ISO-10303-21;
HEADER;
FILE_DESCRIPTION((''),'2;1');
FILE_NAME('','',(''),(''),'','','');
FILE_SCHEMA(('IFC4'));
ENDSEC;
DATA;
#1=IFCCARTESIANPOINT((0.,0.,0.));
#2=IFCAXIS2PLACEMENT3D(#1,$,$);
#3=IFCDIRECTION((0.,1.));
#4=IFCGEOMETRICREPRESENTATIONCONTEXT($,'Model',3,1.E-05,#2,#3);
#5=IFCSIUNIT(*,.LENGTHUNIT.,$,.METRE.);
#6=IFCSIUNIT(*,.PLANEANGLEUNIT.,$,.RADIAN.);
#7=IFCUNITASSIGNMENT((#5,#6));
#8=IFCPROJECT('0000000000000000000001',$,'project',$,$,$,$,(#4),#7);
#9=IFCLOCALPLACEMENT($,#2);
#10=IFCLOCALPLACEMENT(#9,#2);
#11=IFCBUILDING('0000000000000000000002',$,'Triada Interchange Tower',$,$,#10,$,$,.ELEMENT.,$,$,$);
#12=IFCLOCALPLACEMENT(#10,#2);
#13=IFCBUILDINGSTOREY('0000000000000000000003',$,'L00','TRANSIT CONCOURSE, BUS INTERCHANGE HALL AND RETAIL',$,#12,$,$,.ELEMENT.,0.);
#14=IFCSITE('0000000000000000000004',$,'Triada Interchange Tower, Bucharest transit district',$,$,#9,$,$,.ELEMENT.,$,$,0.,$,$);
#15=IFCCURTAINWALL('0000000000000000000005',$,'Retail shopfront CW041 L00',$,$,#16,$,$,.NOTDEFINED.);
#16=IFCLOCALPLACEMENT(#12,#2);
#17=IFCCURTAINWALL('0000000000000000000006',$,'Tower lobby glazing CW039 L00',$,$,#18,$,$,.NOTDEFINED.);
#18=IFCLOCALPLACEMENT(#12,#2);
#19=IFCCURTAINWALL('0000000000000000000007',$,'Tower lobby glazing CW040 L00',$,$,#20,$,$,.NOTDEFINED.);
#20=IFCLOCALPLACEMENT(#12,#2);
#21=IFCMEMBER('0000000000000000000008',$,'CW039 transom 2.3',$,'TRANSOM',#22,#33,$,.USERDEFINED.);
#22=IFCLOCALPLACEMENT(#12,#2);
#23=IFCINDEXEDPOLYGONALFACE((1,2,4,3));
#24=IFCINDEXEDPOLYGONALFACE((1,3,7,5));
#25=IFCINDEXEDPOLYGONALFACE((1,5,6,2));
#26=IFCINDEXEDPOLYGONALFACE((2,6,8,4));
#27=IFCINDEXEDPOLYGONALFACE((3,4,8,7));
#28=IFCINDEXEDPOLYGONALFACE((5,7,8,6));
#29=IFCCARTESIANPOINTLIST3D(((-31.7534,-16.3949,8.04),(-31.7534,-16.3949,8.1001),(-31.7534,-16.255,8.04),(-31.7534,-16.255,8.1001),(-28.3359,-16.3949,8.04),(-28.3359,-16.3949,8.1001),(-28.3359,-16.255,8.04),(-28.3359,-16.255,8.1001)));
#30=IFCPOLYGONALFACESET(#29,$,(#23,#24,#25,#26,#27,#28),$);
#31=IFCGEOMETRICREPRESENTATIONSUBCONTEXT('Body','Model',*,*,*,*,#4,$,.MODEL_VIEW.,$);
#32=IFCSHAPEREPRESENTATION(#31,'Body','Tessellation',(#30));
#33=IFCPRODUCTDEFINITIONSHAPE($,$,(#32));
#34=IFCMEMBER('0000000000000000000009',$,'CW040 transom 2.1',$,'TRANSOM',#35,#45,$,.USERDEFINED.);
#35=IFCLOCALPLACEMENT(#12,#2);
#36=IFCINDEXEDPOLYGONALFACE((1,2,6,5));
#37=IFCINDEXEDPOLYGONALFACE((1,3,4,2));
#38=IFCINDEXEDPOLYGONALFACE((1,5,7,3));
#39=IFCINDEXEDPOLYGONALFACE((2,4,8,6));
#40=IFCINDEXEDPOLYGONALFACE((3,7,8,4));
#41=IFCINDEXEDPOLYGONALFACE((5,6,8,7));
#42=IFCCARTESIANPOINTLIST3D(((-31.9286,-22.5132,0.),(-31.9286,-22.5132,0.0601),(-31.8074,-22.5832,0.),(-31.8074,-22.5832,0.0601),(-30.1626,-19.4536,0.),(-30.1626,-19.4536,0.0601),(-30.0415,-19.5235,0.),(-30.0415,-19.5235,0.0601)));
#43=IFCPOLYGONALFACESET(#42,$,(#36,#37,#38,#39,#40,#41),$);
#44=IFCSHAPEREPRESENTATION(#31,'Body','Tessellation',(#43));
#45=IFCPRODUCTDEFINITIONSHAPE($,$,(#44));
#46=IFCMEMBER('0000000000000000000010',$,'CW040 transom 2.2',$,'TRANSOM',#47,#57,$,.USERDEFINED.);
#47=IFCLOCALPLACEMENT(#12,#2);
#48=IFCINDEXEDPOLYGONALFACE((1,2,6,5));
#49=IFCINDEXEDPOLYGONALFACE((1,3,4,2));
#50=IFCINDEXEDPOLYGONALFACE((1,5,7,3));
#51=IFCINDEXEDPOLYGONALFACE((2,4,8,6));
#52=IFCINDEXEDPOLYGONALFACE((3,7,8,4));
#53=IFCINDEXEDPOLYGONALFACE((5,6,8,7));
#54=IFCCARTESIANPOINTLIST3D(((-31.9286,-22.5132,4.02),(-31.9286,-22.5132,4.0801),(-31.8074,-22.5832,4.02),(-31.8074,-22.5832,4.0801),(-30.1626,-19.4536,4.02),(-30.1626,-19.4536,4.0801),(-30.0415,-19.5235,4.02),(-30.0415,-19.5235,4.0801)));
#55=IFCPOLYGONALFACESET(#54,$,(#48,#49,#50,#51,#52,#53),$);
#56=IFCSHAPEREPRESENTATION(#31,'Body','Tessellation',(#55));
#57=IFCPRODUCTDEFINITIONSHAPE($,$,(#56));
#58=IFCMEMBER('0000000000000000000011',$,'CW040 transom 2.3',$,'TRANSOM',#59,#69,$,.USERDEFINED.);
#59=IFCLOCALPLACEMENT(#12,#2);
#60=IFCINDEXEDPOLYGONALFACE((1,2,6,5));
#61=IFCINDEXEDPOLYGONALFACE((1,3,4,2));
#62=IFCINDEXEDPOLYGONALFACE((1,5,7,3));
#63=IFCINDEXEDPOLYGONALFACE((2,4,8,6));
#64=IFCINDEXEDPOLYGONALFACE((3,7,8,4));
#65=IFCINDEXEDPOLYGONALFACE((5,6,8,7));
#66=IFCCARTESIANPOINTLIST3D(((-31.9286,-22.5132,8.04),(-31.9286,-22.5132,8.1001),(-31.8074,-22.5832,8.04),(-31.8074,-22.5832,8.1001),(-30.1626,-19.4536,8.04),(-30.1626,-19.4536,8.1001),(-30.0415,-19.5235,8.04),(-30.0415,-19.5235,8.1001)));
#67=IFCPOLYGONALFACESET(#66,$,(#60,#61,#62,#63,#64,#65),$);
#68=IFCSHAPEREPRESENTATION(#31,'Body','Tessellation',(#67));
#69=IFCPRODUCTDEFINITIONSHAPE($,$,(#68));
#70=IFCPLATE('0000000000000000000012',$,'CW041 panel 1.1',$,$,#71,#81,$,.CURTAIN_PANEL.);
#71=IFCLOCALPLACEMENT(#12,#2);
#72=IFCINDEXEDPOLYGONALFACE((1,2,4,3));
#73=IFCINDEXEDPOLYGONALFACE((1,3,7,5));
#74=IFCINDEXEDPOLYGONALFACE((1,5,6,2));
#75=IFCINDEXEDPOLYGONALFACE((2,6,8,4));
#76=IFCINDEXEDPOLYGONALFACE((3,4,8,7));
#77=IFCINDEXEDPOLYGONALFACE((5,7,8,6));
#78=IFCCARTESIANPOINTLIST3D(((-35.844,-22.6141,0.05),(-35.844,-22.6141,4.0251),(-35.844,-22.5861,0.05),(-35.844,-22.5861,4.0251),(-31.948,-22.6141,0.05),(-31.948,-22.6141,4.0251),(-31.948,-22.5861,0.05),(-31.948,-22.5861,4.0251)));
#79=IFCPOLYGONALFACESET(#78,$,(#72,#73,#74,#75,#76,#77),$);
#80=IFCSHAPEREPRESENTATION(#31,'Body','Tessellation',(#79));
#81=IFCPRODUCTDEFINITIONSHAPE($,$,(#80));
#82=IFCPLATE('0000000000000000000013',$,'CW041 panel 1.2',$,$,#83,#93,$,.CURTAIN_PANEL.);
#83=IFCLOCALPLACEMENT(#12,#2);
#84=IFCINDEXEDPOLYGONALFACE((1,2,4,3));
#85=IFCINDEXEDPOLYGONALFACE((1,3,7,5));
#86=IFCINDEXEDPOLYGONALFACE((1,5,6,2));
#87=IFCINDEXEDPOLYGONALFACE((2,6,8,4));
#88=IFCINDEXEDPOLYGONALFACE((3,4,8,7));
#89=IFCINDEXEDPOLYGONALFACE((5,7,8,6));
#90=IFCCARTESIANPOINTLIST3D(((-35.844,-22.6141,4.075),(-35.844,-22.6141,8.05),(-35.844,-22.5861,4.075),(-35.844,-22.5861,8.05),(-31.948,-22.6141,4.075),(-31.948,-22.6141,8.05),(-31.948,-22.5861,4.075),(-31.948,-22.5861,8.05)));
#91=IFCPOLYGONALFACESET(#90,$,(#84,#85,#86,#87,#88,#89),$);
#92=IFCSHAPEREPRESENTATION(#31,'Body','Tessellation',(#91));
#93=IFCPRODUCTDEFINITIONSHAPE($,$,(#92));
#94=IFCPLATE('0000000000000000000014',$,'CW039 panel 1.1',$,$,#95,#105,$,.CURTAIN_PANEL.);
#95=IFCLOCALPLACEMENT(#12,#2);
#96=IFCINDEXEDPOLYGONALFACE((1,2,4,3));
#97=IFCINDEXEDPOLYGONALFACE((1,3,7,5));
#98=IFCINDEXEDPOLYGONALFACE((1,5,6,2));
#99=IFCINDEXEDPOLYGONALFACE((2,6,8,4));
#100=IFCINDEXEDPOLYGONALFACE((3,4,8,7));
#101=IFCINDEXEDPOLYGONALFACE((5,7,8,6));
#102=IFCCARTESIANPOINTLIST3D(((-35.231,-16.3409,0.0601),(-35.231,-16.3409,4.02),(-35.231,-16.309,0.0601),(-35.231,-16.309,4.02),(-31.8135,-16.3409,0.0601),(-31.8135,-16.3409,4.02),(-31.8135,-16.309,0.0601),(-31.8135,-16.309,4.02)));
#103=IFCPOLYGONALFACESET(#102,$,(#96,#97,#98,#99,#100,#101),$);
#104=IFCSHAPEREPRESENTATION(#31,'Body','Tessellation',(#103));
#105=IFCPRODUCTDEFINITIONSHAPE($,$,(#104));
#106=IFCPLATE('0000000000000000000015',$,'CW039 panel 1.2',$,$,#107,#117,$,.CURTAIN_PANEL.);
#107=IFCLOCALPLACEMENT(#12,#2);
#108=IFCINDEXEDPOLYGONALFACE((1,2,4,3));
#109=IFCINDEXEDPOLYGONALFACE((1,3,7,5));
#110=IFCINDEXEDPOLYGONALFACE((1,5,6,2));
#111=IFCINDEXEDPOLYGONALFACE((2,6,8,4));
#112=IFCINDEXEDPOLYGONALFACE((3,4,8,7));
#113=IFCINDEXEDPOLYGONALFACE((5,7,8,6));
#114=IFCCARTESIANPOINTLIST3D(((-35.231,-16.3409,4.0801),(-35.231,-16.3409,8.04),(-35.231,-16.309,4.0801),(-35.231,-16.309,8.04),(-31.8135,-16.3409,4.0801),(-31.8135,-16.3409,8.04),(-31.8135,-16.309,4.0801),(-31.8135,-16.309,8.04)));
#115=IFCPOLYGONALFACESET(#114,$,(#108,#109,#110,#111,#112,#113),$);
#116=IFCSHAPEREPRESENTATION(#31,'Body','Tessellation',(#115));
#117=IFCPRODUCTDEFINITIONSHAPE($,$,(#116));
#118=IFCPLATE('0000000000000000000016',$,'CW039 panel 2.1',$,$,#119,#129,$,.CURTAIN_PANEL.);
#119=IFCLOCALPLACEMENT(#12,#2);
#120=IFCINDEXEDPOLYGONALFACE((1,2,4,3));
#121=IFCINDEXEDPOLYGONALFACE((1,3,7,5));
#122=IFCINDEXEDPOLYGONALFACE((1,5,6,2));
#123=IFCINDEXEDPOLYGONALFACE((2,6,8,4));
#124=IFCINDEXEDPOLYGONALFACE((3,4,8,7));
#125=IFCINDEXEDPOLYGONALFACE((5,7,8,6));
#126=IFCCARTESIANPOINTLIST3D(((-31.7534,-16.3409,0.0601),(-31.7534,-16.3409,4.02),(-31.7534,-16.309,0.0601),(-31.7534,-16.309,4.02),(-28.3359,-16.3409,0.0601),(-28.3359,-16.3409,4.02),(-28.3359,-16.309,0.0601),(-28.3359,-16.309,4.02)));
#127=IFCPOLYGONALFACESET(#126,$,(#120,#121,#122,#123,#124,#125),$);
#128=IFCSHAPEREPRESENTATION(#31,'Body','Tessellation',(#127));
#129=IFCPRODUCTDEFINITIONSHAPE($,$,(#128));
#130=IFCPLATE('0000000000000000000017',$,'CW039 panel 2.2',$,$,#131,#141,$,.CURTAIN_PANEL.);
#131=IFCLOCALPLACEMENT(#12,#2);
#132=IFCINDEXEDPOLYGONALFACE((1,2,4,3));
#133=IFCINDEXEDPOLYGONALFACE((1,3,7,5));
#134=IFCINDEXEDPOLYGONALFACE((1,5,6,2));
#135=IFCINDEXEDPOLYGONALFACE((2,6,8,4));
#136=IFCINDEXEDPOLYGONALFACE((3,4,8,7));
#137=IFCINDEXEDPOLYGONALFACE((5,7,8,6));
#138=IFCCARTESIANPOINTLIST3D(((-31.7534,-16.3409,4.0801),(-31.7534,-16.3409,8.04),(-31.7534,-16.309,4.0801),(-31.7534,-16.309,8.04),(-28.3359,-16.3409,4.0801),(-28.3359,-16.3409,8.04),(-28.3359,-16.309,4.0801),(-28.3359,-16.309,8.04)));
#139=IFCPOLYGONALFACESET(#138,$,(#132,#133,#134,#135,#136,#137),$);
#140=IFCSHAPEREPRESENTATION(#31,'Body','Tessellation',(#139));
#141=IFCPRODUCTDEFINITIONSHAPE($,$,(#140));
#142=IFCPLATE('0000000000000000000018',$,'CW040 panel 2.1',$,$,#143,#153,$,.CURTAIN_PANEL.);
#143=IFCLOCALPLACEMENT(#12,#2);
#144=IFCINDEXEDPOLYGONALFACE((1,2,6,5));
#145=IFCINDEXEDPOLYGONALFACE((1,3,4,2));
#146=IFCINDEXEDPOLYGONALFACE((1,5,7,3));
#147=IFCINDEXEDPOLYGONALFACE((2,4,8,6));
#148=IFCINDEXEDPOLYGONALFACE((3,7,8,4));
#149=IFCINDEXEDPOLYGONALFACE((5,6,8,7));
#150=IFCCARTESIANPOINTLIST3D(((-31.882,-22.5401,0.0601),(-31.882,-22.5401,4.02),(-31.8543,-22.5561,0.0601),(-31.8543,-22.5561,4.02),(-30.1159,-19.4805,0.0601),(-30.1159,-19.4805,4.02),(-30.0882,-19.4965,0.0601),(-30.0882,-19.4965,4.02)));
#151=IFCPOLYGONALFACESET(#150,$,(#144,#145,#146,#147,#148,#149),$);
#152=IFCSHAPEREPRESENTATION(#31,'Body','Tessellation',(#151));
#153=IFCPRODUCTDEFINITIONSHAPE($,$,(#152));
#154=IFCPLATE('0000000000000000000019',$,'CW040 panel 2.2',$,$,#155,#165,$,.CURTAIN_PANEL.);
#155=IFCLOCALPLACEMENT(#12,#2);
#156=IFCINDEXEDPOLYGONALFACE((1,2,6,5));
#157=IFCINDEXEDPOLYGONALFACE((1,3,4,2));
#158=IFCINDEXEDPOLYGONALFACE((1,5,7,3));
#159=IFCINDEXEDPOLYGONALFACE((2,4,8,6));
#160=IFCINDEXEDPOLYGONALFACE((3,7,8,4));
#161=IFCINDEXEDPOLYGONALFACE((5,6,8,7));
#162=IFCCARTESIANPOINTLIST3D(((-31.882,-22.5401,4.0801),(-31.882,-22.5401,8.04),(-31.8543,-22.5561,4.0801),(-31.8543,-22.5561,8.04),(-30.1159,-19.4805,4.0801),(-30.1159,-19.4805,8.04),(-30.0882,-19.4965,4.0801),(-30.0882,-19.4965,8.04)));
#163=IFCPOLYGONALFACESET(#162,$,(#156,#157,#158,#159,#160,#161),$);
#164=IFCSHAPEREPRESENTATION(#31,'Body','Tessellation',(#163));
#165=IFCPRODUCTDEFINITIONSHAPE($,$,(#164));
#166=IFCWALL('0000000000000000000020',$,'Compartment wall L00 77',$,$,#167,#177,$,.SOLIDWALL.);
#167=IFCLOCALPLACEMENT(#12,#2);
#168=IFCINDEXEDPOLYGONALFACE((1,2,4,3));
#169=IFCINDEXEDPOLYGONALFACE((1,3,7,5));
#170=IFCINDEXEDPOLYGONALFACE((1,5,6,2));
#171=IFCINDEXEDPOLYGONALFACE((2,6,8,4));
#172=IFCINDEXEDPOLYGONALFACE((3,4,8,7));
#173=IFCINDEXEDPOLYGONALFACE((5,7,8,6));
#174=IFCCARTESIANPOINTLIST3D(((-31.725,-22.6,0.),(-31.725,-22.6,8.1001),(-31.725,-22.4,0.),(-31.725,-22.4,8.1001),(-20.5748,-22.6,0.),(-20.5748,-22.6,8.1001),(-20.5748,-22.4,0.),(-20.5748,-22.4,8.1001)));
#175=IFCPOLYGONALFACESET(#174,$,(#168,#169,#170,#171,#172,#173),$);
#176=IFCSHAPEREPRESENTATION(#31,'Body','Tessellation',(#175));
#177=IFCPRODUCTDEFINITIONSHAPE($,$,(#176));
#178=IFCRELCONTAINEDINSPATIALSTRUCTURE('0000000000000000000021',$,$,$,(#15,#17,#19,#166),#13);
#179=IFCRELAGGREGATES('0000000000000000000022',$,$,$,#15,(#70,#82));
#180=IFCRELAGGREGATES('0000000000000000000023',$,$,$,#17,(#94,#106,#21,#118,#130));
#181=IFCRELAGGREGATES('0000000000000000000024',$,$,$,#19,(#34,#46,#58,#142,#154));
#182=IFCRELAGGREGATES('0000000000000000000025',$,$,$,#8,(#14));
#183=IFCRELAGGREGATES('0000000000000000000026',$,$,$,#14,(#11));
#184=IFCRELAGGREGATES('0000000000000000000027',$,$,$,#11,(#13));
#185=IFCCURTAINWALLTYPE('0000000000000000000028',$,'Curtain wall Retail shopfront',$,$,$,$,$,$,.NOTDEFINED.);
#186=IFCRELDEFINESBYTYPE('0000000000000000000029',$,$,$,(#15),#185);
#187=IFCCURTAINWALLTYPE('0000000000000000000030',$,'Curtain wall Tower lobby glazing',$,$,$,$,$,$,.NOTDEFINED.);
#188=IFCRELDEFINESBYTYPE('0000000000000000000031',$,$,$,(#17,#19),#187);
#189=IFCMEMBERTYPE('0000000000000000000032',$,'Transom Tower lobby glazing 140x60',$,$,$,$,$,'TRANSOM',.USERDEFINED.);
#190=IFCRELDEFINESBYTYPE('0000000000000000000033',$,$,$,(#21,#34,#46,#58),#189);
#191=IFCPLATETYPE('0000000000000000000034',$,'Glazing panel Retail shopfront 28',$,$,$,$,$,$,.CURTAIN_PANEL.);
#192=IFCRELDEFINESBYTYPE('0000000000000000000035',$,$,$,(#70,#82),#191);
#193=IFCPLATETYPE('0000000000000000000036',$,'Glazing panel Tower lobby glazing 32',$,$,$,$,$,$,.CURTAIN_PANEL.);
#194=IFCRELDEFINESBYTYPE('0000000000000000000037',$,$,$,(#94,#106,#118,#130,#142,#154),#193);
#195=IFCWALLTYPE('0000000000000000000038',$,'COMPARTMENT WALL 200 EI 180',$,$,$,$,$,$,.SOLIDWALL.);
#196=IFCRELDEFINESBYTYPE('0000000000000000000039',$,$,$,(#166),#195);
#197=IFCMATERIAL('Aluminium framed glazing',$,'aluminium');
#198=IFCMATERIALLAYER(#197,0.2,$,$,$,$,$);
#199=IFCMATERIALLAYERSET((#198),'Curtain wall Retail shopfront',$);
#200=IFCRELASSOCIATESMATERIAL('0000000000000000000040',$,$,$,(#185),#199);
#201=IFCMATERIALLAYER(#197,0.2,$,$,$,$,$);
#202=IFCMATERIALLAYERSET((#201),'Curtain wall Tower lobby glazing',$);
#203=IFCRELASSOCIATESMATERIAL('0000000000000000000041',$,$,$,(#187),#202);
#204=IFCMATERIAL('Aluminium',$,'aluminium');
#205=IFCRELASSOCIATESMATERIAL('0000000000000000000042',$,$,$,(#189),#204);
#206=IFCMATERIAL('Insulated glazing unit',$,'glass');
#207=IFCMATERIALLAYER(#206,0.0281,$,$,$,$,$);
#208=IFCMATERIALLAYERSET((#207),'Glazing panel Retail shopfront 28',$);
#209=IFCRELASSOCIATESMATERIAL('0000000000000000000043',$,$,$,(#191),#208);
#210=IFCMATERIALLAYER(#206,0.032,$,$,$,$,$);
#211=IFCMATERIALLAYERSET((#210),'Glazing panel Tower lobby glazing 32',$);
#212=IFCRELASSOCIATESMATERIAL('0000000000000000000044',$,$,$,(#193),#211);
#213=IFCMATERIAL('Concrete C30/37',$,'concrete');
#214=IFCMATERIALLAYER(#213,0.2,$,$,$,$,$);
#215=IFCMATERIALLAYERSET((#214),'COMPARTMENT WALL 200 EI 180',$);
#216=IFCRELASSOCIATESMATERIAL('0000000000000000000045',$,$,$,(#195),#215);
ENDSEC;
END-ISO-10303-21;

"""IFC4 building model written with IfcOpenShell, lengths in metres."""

from ifc_helpers import new_model, si_unit, direction, frame, frame_2d, origin, origin_2d, place, context, subcontext, project, spatial, rectangle, extrude, material, layer, layer_set, material_profile, profile_set, type_object, element, aggregate, save


model = new_model("IFC4")

# Units and contexts
model_context = context("Model", 3, precision=1e-05, world=origin(), true_north=direction((0.0, 1.0)))
body_context = subcontext(model_context, "Body", "Model", "MODEL_VIEW")
ifc_project = project(units=[si_unit("LENGTHUNIT", "METRE"), si_unit("PLANEANGLEUNIT", "RADIAN")], contexts=[model_context])

# Site, building, storey
site_placement = place(None, origin())
site = spatial("IfcSite", under=ifc_project, at=site_placement, Name="Triada Interchange Tower, Bucharest transit district", CompositionType="ELEMENT", RefElevation=0.0)
building_placement = place(site_placement, origin())
building = spatial("IfcBuilding", under=site, at=building_placement, Name="Triada Interchange Tower", CompositionType="ELEMENT")
storey_placement = place(building_placement, origin())
storey = spatial("IfcBuildingStorey", under=building, at=storey_placement, Name="L00", Description="TRANSIT CONCOURSE, BUS INTERCHANGE HALL AND RETAIL", CompositionType="ELEMENT", Elevation=0.0)

# Shared definitions
ifc_material_1 = material(Name="Aluminium framed glazing", Category="aluminium")
ifc_material_2 = material(Name="Aluminium", Category="aluminium")

# Curtain wall
ifc_layer_1 = layer(ifc_material_1, 0.2)
ifc_layer_set_1 = layer_set([ifc_layer_1], Name="Curtain wall Retail shopfront")
curtain_wall_type_1 = type_object("IfcCurtainWallType", Name="Curtain wall Retail shopfront", PredefinedType="NOTDEFINED", material=ifc_layer_set_1)
curtain_wall_1_placement = place(storey_placement, origin())
curtain_wall_1 = element("IfcCurtainWall", 1, at=curtain_wall_1_placement, inside=storey, type_object=curtain_wall_type_1, Name="Retail shopfront CW041 L00", PredefinedType="NOTDEFINED")

# Curtain walls
ifc_layer_2 = layer(ifc_material_1, 0.2)
ifc_layer_set_2 = layer_set([ifc_layer_2], Name="Curtain wall Tower lobby glazing")
curtain_wall_type_2 = type_object("IfcCurtainWallType", Name="Curtain wall Tower lobby glazing", PredefinedType="NOTDEFINED", material=ifc_layer_set_2)
curtain_wall_2_placement = place(storey_placement, origin())
curtain_wall_2 = element("IfcCurtainWall", 2, at=curtain_wall_2_placement, inside=storey, type_object=curtain_wall_type_2, Name="Tower lobby glazing CW039 L00", PredefinedType="NOTDEFINED")
curtain_wall_3_placement = place(storey_placement, origin())
curtain_wall_3 = element("IfcCurtainWall", 3, at=curtain_wall_3_placement, inside=storey, type_object=curtain_wall_type_2, Name="Tower lobby glazing CW040 L00", PredefinedType="NOTDEFINED")

# Members
ifc_material_profile_1 = material_profile(ifc_material_2, rectangle(XDim=0.1399, YDim=0.0601, at=origin_2d()), Name="Aluminium transom")
ifc_profile_set_1 = profile_set([ifc_material_profile_1], Name="Aluminium")
member_type_1 = type_object("IfcMemberType", Name="Transom Tower lobby glazing 140x60", ElementType="TRANSOM", PredefinedType="USERDEFINED", material=ifc_profile_set_1)
member_1_placement = place(storey_placement, frame((-31.7534, -16.325, 8.0701), z_axis=(1.0, 0.0, 0.0), x_axis=(0.0, 1.0, 0.0)))
member_1 = element("IfcMember", 4, at=member_1_placement, type_object=member_type_1, Name="CW039 transom 2.3", ObjectType="TRANSOM", PredefinedType="USERDEFINED", context=body_context, shape_type="SweptSolid", body=[
    extrude(rectangle(XDim=0.1399, YDim=0.0601, at=origin_2d()), origin(), (0.0, 0.0, 1.0), 3.4175),
])
member_2_placement = place(storey_placement, frame((-30.1021, -19.4885, 0.03), z_axis=(-0.499878, -0.866096, 0.0), x_axis=(0.866096, -0.499878, 0.0)))
member_2 = element("IfcMember", 5, at=member_2_placement, type_object=member_type_1, Name="CW040 transom 2.1", ObjectType="TRANSOM", PredefinedType="USERDEFINED", context=body_context, shape_type="SweptSolid", body=[
    extrude(rectangle(XDim=0.1399, YDim=0.0601, at=origin_2d()), origin(), (0.0, 0.0, 1.0), 3.5327),
])
member_3_placement = place(storey_placement, frame((-30.1021, -19.4885, 4.05), z_axis=(-0.499878, -0.866096, 0.0), x_axis=(0.866096, -0.499878, 0.0)))
member_3 = element("IfcMember", 6, at=member_3_placement, type_object=member_type_1, Name="CW040 transom 2.2", ObjectType="TRANSOM", PredefinedType="USERDEFINED", context=body_context, shape_type="SweptSolid", body=[
    extrude(rectangle(XDim=0.1399, YDim=0.0601, at=origin_2d()), origin(), (0.0, 0.0, 1.0), 3.5327),
])
member_4_placement = place(storey_placement, frame((-30.1021, -19.4885, 8.0701), z_axis=(-0.499878, -0.866096, 0.0), x_axis=(0.866096, -0.499878, 0.0)))
member_4 = element("IfcMember", 7, at=member_4_placement, type_object=member_type_1, Name="CW040 transom 2.3", ObjectType="TRANSOM", PredefinedType="USERDEFINED", context=body_context, shape_type="SweptSolid", body=[
    extrude(rectangle(XDim=0.1399, YDim=0.0601, at=origin_2d()), origin(), (0.0, 0.0, 1.0), 3.5327),
])

# Plates
ifc_material_3 = material(Name="Insulated glazing unit", Category="glass")
ifc_layer_3 = layer(ifc_material_3, 0.0281)
ifc_layer_set_3 = layer_set([ifc_layer_3], Name="Glazing panel Retail shopfront 28")
plate_type_1 = type_object("IfcPlateType", Name="Glazing panel Retail shopfront 28", PredefinedType="CURTAIN_PANEL", material=ifc_layer_set_3)
plate_1_placement = place(storey_placement, frame((-33.896, -22.6001, 0.05), z_axis=(0.0, 0.0, 1.0), x_axis=(-1.0, 0.0, 0.0)))
plate_1 = element("IfcPlate", 8, at=plate_1_placement, type_object=plate_type_1, Name="CW041 panel 1.1", PredefinedType="CURTAIN_PANEL", context=body_context, shape_type="SweptSolid", body=[
    extrude(rectangle(XDim=3.896, YDim=0.0281, at=origin_2d()), origin(), (0.0, 0.0, 1.0), 3.9751),
])
plate_2_placement = place(storey_placement, frame((-33.896, -22.6001, 4.075), z_axis=(0.0, 0.0, 1.0), x_axis=(-1.0, 0.0, 0.0)))
plate_2 = element("IfcPlate", 9, at=plate_2_placement, type_object=plate_type_1, Name="CW041 panel 1.2", PredefinedType="CURTAIN_PANEL", context=body_context, shape_type="SweptSolid", body=[
    extrude(rectangle(XDim=3.896, YDim=0.0281, at=origin_2d()), origin(), (0.0, 0.0, 1.0), 3.9751),
])
aggregate(curtain_wall_1, [plate_1, plate_2])
ifc_layer_4 = layer(ifc_material_3, 0.032)
ifc_layer_set_4 = layer_set([ifc_layer_4], Name="Glazing panel Tower lobby glazing 32")
plate_type_2 = type_object("IfcPlateType", Name="Glazing panel Tower lobby glazing 32", PredefinedType="CURTAIN_PANEL", material=ifc_layer_set_4)
plate_3_placement = place(storey_placement, frame((-33.5222, -16.325, 0.0601), z_axis=(0.0, 0.0, 1.0), x_axis=(1.0, 0.0, 0.0)))
plate_3 = element("IfcPlate", 10, at=plate_3_placement, type_object=plate_type_2, Name="CW039 panel 1.1", PredefinedType="CURTAIN_PANEL", context=body_context, shape_type="SweptSolid", body=[
    extrude(rectangle(XDim=3.4175, YDim=0.032, at=origin_2d()), origin(), (0.0, 0.0, 1.0), 3.96),
])
plate_4_placement = place(storey_placement, frame((-33.5222, -16.325, 4.0801), z_axis=(0.0, 0.0, 1.0), x_axis=(1.0, 0.0, 0.0)))
plate_4 = element("IfcPlate", 11, at=plate_4_placement, type_object=plate_type_2, Name="CW039 panel 1.2", PredefinedType="CURTAIN_PANEL", context=body_context, shape_type="SweptSolid", body=[
    extrude(rectangle(XDim=3.4175, YDim=0.032, at=origin_2d()), origin(), (0.0, 0.0, 1.0), 3.96),
])
plate_5_placement = place(storey_placement, frame((-30.0447, -16.325, 0.0601), z_axis=(0.0, 0.0, 1.0), x_axis=(1.0, 0.0, 0.0)))
plate_5 = element("IfcPlate", 12, at=plate_5_placement, type_object=plate_type_2, Name="CW039 panel 2.1", PredefinedType="CURTAIN_PANEL", context=body_context, shape_type="SweptSolid", body=[
    extrude(rectangle(XDim=3.4175, YDim=0.032, at=origin_2d()), origin(), (0.0, 0.0, 1.0), 3.96),
])
plate_6_placement = place(storey_placement, frame((-30.0447, -16.325, 4.0801), z_axis=(0.0, 0.0, 1.0), x_axis=(1.0, 0.0, 0.0)))
plate_6 = element("IfcPlate", 13, at=plate_6_placement, type_object=plate_type_2, Name="CW039 panel 2.2", PredefinedType="CURTAIN_PANEL", context=body_context, shape_type="SweptSolid", body=[
    extrude(rectangle(XDim=3.4175, YDim=0.032, at=origin_2d()), origin(), (0.0, 0.0, 1.0), 3.96),
])
aggregate(curtain_wall_2, [plate_3, plate_4, member_1, plate_5, plate_6])
plate_7_placement = place(storey_placement, frame((-30.9851, -21.0183, 0.0601), z_axis=(0.0, 0.0, 1.0), x_axis=(-0.49991, -0.866078, 0.0)))
plate_7 = element("IfcPlate", 14, at=plate_7_placement, type_object=plate_type_2, Name="CW040 panel 2.1", PredefinedType="CURTAIN_PANEL", context=body_context, shape_type="SweptSolid", body=[
    extrude(rectangle(XDim=3.5327, YDim=0.032, at=origin_2d()), origin(), (0.0, 0.0, 1.0), 3.96),
])
plate_8_placement = place(storey_placement, frame((-30.9851, -21.0183, 4.0801), z_axis=(0.0, 0.0, 1.0), x_axis=(-0.49991, -0.866078, 0.0)))
plate_8 = element("IfcPlate", 15, at=plate_8_placement, type_object=plate_type_2, Name="CW040 panel 2.2", PredefinedType="CURTAIN_PANEL", context=body_context, shape_type="SweptSolid", body=[
    extrude(rectangle(XDim=3.5327, YDim=0.032, at=origin_2d()), origin(), (0.0, 0.0, 1.0), 3.96),
])
aggregate(curtain_wall_3, [member_2, member_3, member_4, plate_7, plate_8])

# Wall
ifc_material_4 = material(Name="Concrete C30/37", Category="concrete")
ifc_layer_5 = layer(ifc_material_4, 0.2)
ifc_layer_set_5 = layer_set([ifc_layer_5], Name="COMPARTMENT WALL 200 EI 180")
wall_type = type_object("IfcWallType", Name="COMPARTMENT WALL 200 EI 180", PredefinedType="SOLIDWALL", material=ifc_layer_set_5)
wall_placement = place(storey_placement, frame((-31.7251, -22.5, 0.0), z_axis=(0.0, 0.0, 1.0), x_axis=(1.0, 0.0, 0.0)))
element("IfcWall", 16, at=wall_placement, inside=storey, type_object=wall_type, Name="Compartment wall L00 77", PredefinedType="SOLIDWALL", context=body_context, shape_type="SweptSolid", body=[
    extrude(rectangle(XDim=11.1501, YDim=0.2, at=frame_2d((5.5752, 0.0))), origin(), (0.0, 0.0, 1.0), 8.1001),
])

save(model, "model.ifc")
